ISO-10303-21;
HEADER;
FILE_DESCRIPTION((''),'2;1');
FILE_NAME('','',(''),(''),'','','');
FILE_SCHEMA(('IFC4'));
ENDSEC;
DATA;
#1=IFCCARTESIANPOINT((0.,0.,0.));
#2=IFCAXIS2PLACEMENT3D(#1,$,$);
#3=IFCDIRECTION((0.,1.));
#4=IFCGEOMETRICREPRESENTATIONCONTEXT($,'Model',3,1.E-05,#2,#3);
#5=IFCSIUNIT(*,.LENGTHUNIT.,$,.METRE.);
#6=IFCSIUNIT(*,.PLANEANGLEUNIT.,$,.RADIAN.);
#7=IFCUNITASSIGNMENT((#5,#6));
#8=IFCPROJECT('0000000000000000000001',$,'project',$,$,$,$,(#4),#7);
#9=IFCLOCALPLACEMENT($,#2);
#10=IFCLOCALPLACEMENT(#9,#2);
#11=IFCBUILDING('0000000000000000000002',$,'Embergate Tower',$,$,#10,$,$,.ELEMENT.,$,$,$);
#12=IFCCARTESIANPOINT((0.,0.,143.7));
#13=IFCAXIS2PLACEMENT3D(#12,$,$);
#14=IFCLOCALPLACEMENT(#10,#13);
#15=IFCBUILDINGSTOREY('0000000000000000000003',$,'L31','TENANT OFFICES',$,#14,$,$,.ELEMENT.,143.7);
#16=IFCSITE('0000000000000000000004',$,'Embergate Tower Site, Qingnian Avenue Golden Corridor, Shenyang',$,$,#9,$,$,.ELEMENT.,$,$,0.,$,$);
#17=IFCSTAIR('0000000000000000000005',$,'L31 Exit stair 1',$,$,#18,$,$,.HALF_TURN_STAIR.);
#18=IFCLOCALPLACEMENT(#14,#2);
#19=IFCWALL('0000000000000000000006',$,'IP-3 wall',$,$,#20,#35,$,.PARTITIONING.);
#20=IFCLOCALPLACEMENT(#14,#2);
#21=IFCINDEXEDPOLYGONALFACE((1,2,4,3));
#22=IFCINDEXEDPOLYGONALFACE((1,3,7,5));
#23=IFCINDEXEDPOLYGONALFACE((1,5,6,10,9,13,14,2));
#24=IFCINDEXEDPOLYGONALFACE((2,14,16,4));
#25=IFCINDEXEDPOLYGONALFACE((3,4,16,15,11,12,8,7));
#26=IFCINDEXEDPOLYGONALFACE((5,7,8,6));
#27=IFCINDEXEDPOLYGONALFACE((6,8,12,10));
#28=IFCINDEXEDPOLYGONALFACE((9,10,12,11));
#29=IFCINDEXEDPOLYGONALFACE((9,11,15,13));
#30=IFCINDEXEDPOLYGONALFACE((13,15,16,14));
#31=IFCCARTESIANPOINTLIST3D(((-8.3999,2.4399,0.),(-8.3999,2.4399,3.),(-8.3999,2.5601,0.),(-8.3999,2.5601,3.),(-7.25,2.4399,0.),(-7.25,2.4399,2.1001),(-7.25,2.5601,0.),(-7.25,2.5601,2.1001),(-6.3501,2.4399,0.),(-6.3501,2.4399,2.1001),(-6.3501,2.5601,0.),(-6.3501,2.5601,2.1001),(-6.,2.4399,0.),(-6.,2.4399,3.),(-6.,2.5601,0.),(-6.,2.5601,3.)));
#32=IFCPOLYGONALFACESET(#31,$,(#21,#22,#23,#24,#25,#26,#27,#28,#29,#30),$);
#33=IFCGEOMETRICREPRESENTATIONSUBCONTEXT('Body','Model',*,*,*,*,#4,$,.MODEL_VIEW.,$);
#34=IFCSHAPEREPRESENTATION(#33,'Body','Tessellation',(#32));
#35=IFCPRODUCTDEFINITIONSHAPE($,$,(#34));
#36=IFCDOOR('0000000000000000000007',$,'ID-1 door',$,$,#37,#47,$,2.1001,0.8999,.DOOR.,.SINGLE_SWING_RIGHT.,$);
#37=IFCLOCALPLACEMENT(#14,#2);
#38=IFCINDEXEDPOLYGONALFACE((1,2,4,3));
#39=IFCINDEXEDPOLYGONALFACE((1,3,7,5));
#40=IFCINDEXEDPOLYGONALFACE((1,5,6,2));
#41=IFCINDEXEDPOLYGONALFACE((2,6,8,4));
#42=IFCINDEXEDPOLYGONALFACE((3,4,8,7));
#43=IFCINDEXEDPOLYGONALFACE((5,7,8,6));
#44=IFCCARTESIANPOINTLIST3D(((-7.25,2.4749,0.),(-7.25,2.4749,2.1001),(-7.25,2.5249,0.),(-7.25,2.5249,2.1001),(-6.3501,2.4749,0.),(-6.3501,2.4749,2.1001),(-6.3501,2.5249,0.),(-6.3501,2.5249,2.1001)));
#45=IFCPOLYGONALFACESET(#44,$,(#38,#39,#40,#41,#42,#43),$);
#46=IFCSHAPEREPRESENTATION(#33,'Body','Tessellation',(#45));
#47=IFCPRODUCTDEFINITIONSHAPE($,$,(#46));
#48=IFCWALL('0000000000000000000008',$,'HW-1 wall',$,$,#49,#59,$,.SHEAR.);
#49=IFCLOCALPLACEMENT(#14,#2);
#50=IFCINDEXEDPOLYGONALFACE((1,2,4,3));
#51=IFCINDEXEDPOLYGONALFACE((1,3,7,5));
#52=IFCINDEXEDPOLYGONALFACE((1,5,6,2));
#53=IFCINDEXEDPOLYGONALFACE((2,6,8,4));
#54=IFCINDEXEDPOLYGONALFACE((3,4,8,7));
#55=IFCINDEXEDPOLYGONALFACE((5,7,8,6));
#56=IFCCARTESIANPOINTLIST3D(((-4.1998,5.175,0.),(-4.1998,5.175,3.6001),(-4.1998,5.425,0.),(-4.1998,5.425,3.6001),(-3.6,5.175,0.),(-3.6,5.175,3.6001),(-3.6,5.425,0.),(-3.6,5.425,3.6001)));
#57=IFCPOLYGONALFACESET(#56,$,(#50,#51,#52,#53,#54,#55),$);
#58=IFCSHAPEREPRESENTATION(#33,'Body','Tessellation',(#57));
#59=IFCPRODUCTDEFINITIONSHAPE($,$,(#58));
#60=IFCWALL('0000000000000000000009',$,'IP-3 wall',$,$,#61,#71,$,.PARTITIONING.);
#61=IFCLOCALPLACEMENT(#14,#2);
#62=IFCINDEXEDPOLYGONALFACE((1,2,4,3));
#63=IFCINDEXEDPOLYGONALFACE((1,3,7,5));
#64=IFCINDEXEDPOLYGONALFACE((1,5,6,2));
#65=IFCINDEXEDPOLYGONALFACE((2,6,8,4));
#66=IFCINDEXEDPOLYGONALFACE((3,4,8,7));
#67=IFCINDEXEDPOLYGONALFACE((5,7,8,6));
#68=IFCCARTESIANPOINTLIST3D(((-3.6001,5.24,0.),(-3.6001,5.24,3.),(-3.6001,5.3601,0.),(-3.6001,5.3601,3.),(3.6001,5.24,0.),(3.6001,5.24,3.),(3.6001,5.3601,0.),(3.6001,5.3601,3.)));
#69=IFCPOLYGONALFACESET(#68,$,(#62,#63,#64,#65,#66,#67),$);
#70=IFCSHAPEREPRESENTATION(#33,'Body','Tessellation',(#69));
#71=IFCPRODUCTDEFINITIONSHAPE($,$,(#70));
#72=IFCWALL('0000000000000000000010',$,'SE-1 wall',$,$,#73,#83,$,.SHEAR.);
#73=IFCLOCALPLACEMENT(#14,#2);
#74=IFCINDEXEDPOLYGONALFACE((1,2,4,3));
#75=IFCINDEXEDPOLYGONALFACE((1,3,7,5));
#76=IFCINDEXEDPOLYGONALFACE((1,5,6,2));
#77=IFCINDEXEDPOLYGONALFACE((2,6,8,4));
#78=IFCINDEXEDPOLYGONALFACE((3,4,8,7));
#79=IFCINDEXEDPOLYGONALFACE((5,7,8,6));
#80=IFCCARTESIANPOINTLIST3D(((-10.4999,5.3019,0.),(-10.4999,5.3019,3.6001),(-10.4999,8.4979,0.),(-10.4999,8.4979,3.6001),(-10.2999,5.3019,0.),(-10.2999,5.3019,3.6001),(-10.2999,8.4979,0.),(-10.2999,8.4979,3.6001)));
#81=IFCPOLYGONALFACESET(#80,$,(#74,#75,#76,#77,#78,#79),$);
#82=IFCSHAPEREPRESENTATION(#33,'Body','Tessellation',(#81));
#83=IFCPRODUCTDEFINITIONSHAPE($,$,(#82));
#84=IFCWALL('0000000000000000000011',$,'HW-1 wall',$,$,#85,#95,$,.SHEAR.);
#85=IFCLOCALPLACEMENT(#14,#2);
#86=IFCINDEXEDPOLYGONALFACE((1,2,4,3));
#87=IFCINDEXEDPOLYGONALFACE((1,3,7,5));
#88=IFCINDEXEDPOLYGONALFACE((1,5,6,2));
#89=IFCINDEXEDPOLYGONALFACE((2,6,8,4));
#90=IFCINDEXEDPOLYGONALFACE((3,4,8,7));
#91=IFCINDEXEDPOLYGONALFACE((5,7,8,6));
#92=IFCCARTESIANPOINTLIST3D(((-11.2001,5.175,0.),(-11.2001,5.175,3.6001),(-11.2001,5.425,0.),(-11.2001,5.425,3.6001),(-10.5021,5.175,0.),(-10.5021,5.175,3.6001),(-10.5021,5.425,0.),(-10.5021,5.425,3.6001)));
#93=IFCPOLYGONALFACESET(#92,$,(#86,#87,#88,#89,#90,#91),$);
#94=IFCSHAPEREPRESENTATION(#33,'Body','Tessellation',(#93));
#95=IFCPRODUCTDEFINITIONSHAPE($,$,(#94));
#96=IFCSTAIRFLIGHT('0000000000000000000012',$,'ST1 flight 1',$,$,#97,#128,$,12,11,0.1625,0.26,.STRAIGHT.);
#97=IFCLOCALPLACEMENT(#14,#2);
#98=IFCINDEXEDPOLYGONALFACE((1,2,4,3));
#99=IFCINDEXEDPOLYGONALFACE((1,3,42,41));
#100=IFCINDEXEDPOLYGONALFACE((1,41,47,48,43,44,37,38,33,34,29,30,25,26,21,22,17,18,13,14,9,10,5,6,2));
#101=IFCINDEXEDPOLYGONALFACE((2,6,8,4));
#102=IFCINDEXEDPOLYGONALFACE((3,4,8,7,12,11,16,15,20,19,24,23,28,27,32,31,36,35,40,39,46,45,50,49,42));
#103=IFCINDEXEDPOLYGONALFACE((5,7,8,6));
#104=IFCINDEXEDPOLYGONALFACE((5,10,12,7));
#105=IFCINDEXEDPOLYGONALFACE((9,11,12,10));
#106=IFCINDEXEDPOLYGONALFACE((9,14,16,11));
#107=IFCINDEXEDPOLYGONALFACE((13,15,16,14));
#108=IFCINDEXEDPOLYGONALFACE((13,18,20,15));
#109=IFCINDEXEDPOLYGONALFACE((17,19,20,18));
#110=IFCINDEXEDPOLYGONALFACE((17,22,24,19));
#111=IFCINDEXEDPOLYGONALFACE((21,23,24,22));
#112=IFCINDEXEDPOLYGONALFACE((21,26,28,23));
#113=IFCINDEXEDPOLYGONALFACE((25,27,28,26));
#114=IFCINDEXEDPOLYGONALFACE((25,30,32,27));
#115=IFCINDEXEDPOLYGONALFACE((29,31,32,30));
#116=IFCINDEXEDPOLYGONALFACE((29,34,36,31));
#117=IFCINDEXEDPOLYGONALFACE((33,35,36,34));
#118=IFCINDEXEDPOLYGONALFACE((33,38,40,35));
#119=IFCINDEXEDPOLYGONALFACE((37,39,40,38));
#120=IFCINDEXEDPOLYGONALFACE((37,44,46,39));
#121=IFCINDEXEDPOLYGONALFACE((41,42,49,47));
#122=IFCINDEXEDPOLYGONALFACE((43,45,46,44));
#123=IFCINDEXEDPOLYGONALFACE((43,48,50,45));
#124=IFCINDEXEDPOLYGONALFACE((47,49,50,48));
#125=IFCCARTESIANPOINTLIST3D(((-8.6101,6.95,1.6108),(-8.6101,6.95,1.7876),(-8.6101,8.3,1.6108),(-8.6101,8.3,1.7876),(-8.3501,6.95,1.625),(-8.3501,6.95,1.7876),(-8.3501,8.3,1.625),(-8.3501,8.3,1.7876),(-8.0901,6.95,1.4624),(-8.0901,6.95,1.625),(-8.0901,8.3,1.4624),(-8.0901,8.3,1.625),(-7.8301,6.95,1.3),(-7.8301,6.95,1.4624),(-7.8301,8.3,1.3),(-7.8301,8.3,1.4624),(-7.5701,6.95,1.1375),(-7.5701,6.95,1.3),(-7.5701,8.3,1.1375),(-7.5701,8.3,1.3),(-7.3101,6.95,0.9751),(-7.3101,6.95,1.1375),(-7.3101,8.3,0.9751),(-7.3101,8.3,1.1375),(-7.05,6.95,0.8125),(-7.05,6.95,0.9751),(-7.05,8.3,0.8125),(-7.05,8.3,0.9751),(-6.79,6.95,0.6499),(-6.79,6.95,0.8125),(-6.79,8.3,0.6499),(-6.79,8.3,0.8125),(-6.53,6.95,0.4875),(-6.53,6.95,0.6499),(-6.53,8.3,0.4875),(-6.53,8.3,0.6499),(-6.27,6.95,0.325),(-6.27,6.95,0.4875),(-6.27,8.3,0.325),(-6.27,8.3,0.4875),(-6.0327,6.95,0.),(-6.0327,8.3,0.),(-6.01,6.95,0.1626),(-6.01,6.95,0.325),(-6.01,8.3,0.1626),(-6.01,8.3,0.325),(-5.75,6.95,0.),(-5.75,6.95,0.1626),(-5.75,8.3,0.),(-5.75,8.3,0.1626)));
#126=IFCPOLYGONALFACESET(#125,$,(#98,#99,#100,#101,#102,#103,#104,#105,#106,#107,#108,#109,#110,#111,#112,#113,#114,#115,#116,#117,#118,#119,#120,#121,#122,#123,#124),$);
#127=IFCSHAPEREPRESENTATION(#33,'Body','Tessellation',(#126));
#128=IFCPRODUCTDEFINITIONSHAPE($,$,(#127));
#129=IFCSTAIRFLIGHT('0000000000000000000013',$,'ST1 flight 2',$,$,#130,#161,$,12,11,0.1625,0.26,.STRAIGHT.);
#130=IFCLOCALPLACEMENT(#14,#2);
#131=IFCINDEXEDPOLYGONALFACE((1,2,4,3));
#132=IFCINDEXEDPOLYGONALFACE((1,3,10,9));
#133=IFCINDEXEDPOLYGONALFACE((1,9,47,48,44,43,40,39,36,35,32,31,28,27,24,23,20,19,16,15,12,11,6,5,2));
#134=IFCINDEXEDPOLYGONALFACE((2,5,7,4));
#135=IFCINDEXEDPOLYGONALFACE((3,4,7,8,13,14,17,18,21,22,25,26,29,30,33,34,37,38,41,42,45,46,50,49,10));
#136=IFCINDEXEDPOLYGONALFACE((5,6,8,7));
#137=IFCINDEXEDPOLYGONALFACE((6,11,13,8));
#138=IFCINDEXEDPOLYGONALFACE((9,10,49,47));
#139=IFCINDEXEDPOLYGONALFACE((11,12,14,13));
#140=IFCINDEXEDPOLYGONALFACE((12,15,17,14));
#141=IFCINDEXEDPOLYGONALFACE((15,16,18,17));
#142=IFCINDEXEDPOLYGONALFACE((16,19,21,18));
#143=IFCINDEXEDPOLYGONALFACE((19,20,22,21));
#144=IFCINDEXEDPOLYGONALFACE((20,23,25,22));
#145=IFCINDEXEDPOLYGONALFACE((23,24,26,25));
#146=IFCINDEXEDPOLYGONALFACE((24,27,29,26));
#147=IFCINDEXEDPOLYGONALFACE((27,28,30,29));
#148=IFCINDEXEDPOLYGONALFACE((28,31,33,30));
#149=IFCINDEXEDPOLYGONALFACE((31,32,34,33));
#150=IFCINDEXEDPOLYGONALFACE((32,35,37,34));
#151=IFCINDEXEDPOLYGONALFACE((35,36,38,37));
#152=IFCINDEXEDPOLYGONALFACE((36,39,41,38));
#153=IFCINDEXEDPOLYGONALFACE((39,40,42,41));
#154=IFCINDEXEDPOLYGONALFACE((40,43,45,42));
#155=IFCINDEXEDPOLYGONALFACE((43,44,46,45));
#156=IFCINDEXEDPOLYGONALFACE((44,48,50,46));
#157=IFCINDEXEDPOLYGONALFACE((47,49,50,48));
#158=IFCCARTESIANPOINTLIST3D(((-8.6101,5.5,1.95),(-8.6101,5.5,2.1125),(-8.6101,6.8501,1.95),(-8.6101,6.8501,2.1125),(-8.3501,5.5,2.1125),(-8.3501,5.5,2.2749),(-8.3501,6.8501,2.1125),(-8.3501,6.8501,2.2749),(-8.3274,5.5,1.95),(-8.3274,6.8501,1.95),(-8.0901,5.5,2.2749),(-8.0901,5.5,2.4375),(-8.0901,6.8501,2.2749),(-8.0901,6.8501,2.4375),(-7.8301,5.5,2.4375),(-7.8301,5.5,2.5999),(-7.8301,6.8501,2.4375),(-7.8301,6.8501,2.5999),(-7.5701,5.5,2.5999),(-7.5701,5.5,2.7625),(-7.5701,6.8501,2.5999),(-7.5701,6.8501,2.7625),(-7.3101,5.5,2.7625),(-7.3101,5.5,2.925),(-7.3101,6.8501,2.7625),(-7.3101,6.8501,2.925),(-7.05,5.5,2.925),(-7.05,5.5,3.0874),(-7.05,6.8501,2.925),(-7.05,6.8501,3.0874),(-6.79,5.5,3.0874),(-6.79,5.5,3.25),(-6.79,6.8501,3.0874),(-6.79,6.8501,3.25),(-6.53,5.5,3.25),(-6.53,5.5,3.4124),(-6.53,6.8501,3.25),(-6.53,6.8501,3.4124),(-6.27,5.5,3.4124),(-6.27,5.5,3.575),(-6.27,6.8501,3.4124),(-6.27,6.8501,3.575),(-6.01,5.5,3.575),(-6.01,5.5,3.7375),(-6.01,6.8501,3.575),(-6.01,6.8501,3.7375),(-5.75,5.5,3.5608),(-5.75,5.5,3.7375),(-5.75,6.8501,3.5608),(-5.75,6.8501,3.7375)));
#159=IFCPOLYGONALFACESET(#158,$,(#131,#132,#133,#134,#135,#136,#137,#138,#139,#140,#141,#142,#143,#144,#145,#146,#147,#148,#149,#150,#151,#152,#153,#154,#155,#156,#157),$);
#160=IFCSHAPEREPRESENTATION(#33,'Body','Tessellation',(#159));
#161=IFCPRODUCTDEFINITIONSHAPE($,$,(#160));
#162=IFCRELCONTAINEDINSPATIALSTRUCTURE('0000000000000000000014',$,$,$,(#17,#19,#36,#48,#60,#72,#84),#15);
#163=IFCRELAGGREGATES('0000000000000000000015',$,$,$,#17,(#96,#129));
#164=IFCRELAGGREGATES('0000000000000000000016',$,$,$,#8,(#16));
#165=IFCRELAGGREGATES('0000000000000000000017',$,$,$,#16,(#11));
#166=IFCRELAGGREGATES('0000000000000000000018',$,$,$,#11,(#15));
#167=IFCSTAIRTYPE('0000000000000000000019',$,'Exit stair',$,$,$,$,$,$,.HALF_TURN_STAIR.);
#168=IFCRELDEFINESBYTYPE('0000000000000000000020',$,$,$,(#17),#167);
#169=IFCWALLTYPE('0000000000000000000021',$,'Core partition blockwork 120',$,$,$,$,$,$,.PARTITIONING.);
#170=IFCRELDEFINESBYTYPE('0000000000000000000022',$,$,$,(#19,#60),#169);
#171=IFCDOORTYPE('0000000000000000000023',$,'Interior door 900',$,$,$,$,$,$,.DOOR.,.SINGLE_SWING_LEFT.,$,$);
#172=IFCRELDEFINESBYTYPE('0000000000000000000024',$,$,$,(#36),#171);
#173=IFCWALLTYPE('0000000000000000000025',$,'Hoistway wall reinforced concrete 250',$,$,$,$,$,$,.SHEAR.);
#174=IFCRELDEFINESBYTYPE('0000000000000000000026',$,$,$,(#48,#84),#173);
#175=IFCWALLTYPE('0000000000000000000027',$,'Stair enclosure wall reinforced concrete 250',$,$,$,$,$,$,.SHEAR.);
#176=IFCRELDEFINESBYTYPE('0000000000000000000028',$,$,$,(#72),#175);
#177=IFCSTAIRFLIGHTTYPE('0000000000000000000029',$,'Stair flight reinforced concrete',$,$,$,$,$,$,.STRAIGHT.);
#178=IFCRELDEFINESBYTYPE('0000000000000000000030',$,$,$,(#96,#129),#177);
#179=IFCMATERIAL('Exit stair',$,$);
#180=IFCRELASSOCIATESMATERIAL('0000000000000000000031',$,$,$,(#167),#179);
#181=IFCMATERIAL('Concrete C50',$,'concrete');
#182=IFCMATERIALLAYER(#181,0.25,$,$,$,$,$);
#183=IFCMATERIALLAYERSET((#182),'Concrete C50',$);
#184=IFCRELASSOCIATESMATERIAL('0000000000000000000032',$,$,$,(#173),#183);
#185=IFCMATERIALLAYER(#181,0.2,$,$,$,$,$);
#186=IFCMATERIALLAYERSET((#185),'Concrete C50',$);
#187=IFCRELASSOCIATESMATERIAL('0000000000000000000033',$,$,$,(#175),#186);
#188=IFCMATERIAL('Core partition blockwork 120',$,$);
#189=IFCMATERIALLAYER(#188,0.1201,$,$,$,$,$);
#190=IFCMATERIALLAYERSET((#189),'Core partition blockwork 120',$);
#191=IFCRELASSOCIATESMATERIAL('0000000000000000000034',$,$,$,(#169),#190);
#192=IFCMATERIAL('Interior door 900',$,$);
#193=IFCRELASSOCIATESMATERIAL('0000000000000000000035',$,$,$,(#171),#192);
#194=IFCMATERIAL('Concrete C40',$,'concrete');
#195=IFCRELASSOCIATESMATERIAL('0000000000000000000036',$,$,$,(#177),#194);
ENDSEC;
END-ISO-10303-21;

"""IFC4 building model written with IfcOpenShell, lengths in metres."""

from ifc_helpers import new_model, si_unit, direction, frame, frame_2d, origin, place, context, subcontext, project, spatial, polyline, rectangle, outline, extrude, source, transform, mapped, material, layer, layer_set, type_object, element, fill, aggregate, save


model = new_model("IFC4")

# Units and contexts
model_context = context("Model", 3, precision=1e-05, world=origin(), true_north=direction((0.0, 1.0)))
body_context = subcontext(model_context, "Body", "Model", "MODEL_VIEW")
ifc_project = project(units=[si_unit("LENGTHUNIT", "METRE"), si_unit("PLANEANGLEUNIT", "RADIAN")], contexts=[model_context])

# Site, building, storey
site_placement = place(None, origin())
site = spatial("IfcSite", under=ifc_project, at=site_placement, Name="Embergate Tower Site, Qingnian Avenue Golden Corridor, Shenyang", CompositionType="ELEMENT", RefElevation=0.0)
building_placement = place(site_placement, origin())
building = spatial("IfcBuilding", under=site, at=building_placement, Name="Embergate Tower", CompositionType="ELEMENT")
storey_placement = place(building_placement, frame((0.0, 0.0, 143.7)))
storey = spatial("IfcBuildingStorey", under=building, at=storey_placement, Name="L31", Description="TENANT OFFICES", CompositionType="ELEMENT", Elevation=143.7)

# Stair
ifc_material_1 = material(Name="Exit stair")
stair_type = type_object("IfcStairType", Name="Exit stair", PredefinedType="HALF_TURN_STAIR", material=ifc_material_1)
stair_placement = place(storey_placement, origin())
stair = element("IfcStair", 1, at=stair_placement, inside=storey, type_object=stair_type, Name="L31 Exit stair 1", PredefinedType="HALF_TURN_STAIR")
ifc_material_2 = material(Name="Concrete C40", Category="concrete")

# Shared definitions
ifc_material_3 = material(Name="Concrete C50", Category="concrete")
ifc_layer_1 = layer(ifc_material_3, 0.25)
ifc_layer_set_1 = layer_set([ifc_layer_1], Name="Concrete C50")
wall_type_1 = type_object("IfcWallType", Name="Hoistway wall reinforced concrete 250", PredefinedType="SHEAR", material=ifc_layer_set_1)

# Shared definitions
ifc_layer_2 = layer(ifc_material_3, 0.2)
ifc_layer_set_2 = layer_set([ifc_layer_2], Name="Concrete C50")
wall_type_2 = type_object("IfcWallType", Name="Stair enclosure wall reinforced concrete 250", PredefinedType="SHEAR", material=ifc_layer_set_2)

# Shared definitions
ifc_material_4 = material(Name="Core partition blockwork 120")
ifc_layer_3 = layer(ifc_material_4, 0.1201)
ifc_layer_set_3 = layer_set([ifc_layer_3], Name="Core partition blockwork 120")
wall_type_3 = type_object("IfcWallType", Name="Core partition blockwork 120", PredefinedType="PARTITIONING", material=ifc_layer_set_3)

# Wall, opening, door
shared_shape_1 = source(origin(), body_context, "Body", "SweptSolid", [
    extrude(rectangle(XDim=2.3999, YDim=0.1201, at=frame_2d((1.2, 0.0))), origin(), (0.0, 0.0, 1.0), 3.0),
])
wall_1_placement = place(storey_placement, frame((-8.3999, 2.5, 0.0), z_axis=(0.0, 0.0, 1.0), x_axis=(1.0, 0.0, 0.0)))
wall_1 = element("IfcWall", 2, at=wall_1_placement, inside=storey, type_object=wall_type_3, Name="IP-3 wall", PredefinedType="PARTITIONING", context=body_context, shape_type="MappedRepresentation", body=[
    mapped(shared_shape_1, transform((0.0, 0.0, 0.0))),
])
shared_shape_2 = source(origin(), body_context, "Body", "SweptSolid", [
    extrude(rectangle(XDim=0.8999, YDim=2.1001, at=frame_2d((0.45, 1.05))), frame((0.0, 0.0701, 0.0), z_axis=(0.0, -1.0, 0.0), x_axis=(1.0, 0.0, 0.0)), (0.0, 0.0, 1.0), 0.1401),
])
opening_1_placement = place(wall_1_placement, frame((1.1499, 0.0, 0.0)))
opening_1 = element("IfcOpeningElement", 3, at=opening_1_placement, cuts=wall_1, PredefinedType="OPENING", context=body_context, shape_type="MappedRepresentation", body=[
    mapped(shared_shape_2, transform((0.0, 0.0, 0.0))),
])
ifc_material_5 = material(Name="Interior door 900")
door_type_1 = type_object("IfcDoorType", Name="Interior door 900", OperationType="SINGLE_SWING_LEFT", PredefinedType="DOOR", material=ifc_material_5)
shared_shape_3 = source(origin(), body_context, "Body", "SweptSolid", [
    extrude(rectangle(XDim=0.8999, YDim=2.1001, at=frame_2d((0.45, 1.05))), frame((0.0, 0.0249, 0.0), z_axis=(0.0, -1.0, 0.0), x_axis=(1.0, 0.0, 0.0)), (0.0, 0.0, 1.0), 0.05),
])
door_1_placement = place(opening_1_placement, origin())
door_1 = element("IfcDoor", 4, at=door_1_placement, inside=storey, type_object=door_type_1, Name="ID-1 door", OperationType="SINGLE_SWING_RIGHT", OverallHeight=2.1001, OverallWidth=0.8999, PredefinedType="DOOR", context=body_context, shape_type="MappedRepresentation", body=[
    mapped(shared_shape_3, transform((0.0, 0.0, 0.0))),
])
fill(opening_1, door_1)

# Walls
shared_shape_4 = source(origin(), body_context, "Body", "SweptSolid", [
    extrude(rectangle(XDim=0.5999, YDim=0.25, at=frame_2d((0.2998, 0.0))), origin(), (0.0, 0.0, 1.0), 3.6001),
])
wall_2_placement = place(storey_placement, frame((-3.6001, 5.3, 0.0), z_axis=(0.0, 0.0, 1.0), x_axis=(-1.0, 0.0, 0.0)))
element("IfcWall", 5, at=wall_2_placement, inside=storey, type_object=wall_type_1, Name="HW-1 wall", PredefinedType="SHEAR", context=body_context, shape_type="MappedRepresentation", body=[
    mapped(shared_shape_4, transform((0.0, 0.0, 0.0))),
])
shared_shape_5 = source(origin(), body_context, "Body", "SweptSolid", [
    extrude(rectangle(XDim=7.2002, YDim=0.1201, at=frame_2d((3.6001, 0.0))), origin(), (0.0, 0.0, 1.0), 3.0),
])
wall_3_placement = place(storey_placement, frame((-3.6001, 5.3, 0.0), z_axis=(0.0, 0.0, 1.0), x_axis=(1.0, 0.0, 0.0)))
element("IfcWall", 6, at=wall_3_placement, inside=storey, type_object=wall_type_3, Name="IP-3 wall", PredefinedType="PARTITIONING", context=body_context, shape_type="MappedRepresentation", body=[
    mapped(shared_shape_5, transform((0.0, 0.0, 0.0))),
])
shared_shape_6 = source(origin(), body_context, "Body", "SweptSolid", [
    extrude(rectangle(XDim=3.196, YDim=0.2, at=frame_2d((1.5981, 0.0))), origin(), (0.0, 0.0, 1.0), 3.6001),
])
wall_4_placement = place(storey_placement, frame((-10.3999, 8.498, 0.0), z_axis=(0.0, 0.0, 1.0), x_axis=(0.0, -1.0, 0.0)))
element("IfcWall", 7, at=wall_4_placement, inside=storey, type_object=wall_type_2, Name="SE-1 wall", PredefinedType="SHEAR", context=body_context, shape_type="MappedRepresentation", body=[
    mapped(shared_shape_6, transform((0.0, 0.0, 0.0))),
])
shared_shape_7 = source(origin(), body_context, "Body", "SweptSolid", [
    extrude(rectangle(XDim=0.698, YDim=0.25, at=frame_2d((0.3491, 0.0))), origin(), (0.0, 0.0, 1.0), 3.6001),
])
wall_5_placement = place(storey_placement, frame((-10.502, 5.3, 0.0), z_axis=(0.0, 0.0, 1.0), x_axis=(-1.0, 0.0, 0.0)))
element("IfcWall", 8, at=wall_5_placement, inside=storey, type_object=wall_type_1, Name="HW-1 wall", PredefinedType="SHEAR", context=body_context, shape_type="MappedRepresentation", body=[
    mapped(shared_shape_7, transform((0.0, 0.0, 0.0))),
])

# Stair flights
stair_flight_type = type_object("IfcStairFlightType", Name="Stair flight reinforced concrete", PredefinedType="STRAIGHT", material=ifc_material_2)
shared_shape_8 = source(origin(), body_context, "Body", "SweptSolid", [
    extrude(outline(polyline([(0.0, 0.0), (0.0, 0.1626), (0.26, 0.1626), (0.26, 0.325), (0.52, 0.325), (0.52, 0.4875), (0.78, 0.4875), (0.78, 0.6499), (1.04, 0.6499), (1.04, 0.8125), (1.3, 0.8125), (1.3, 0.9751), (1.5601, 0.9751), (1.5601, 1.1375), (1.8201, 1.1375), (1.8201, 1.3), (2.0801, 1.3), (2.0801, 1.4624), (2.3401, 1.4624), (2.3401, 1.625), (2.6001, 1.625), (2.6001, 1.7876), (2.8601, 1.7876), (2.8601, 1.95), (2.8601, 1.6108), (0.2827, 0.0), (0.0, 0.0)])), frame((0.0, 0.675, 0.0), z_axis=(0.0, -1.0, 0.0), x_axis=(1.0, 0.0, 0.0)), (0.0, 0.0, 1.0), 1.3501),
])
stair_flight_1_placement = place(storey_placement, frame((-5.75, 7.625, 0.0), z_axis=(0.0, 0.0, 1.0), x_axis=(-1.0, 0.0, 0.0)))
stair_flight_1 = element("IfcStairFlight", 9, at=stair_flight_1_placement, type_object=stair_flight_type, Name="ST1 flight 1", NumberOfRisers=12, NumberOfTreads=11, PredefinedType="STRAIGHT", RiserHeight=0.1625, TreadLength=0.26, context=body_context, shape_type="MappedRepresentation", body=[
    mapped(shared_shape_8, transform((0.0, 0.0, 0.0))),
])
stair_flight_2_placement = place(storey_placement, frame((-8.6101, 6.175, 1.95), z_axis=(0.0, 0.0, 1.0), x_axis=(1.0, 0.0, 0.0)))
stair_flight_2 = element("IfcStairFlight", 10, at=stair_flight_2_placement, type_object=stair_flight_type, Name="ST1 flight 2", NumberOfRisers=12, NumberOfTreads=11, PredefinedType="STRAIGHT", RiserHeight=0.1625, TreadLength=0.26, context=body_context, shape_type="MappedRepresentation", body=[
    mapped(shared_shape_8, transform((0.0, 0.0, 0.0))),
])
aggregate(stair, [stair_flight_1, stair_flight_2])

save(model, "model.ifc")
